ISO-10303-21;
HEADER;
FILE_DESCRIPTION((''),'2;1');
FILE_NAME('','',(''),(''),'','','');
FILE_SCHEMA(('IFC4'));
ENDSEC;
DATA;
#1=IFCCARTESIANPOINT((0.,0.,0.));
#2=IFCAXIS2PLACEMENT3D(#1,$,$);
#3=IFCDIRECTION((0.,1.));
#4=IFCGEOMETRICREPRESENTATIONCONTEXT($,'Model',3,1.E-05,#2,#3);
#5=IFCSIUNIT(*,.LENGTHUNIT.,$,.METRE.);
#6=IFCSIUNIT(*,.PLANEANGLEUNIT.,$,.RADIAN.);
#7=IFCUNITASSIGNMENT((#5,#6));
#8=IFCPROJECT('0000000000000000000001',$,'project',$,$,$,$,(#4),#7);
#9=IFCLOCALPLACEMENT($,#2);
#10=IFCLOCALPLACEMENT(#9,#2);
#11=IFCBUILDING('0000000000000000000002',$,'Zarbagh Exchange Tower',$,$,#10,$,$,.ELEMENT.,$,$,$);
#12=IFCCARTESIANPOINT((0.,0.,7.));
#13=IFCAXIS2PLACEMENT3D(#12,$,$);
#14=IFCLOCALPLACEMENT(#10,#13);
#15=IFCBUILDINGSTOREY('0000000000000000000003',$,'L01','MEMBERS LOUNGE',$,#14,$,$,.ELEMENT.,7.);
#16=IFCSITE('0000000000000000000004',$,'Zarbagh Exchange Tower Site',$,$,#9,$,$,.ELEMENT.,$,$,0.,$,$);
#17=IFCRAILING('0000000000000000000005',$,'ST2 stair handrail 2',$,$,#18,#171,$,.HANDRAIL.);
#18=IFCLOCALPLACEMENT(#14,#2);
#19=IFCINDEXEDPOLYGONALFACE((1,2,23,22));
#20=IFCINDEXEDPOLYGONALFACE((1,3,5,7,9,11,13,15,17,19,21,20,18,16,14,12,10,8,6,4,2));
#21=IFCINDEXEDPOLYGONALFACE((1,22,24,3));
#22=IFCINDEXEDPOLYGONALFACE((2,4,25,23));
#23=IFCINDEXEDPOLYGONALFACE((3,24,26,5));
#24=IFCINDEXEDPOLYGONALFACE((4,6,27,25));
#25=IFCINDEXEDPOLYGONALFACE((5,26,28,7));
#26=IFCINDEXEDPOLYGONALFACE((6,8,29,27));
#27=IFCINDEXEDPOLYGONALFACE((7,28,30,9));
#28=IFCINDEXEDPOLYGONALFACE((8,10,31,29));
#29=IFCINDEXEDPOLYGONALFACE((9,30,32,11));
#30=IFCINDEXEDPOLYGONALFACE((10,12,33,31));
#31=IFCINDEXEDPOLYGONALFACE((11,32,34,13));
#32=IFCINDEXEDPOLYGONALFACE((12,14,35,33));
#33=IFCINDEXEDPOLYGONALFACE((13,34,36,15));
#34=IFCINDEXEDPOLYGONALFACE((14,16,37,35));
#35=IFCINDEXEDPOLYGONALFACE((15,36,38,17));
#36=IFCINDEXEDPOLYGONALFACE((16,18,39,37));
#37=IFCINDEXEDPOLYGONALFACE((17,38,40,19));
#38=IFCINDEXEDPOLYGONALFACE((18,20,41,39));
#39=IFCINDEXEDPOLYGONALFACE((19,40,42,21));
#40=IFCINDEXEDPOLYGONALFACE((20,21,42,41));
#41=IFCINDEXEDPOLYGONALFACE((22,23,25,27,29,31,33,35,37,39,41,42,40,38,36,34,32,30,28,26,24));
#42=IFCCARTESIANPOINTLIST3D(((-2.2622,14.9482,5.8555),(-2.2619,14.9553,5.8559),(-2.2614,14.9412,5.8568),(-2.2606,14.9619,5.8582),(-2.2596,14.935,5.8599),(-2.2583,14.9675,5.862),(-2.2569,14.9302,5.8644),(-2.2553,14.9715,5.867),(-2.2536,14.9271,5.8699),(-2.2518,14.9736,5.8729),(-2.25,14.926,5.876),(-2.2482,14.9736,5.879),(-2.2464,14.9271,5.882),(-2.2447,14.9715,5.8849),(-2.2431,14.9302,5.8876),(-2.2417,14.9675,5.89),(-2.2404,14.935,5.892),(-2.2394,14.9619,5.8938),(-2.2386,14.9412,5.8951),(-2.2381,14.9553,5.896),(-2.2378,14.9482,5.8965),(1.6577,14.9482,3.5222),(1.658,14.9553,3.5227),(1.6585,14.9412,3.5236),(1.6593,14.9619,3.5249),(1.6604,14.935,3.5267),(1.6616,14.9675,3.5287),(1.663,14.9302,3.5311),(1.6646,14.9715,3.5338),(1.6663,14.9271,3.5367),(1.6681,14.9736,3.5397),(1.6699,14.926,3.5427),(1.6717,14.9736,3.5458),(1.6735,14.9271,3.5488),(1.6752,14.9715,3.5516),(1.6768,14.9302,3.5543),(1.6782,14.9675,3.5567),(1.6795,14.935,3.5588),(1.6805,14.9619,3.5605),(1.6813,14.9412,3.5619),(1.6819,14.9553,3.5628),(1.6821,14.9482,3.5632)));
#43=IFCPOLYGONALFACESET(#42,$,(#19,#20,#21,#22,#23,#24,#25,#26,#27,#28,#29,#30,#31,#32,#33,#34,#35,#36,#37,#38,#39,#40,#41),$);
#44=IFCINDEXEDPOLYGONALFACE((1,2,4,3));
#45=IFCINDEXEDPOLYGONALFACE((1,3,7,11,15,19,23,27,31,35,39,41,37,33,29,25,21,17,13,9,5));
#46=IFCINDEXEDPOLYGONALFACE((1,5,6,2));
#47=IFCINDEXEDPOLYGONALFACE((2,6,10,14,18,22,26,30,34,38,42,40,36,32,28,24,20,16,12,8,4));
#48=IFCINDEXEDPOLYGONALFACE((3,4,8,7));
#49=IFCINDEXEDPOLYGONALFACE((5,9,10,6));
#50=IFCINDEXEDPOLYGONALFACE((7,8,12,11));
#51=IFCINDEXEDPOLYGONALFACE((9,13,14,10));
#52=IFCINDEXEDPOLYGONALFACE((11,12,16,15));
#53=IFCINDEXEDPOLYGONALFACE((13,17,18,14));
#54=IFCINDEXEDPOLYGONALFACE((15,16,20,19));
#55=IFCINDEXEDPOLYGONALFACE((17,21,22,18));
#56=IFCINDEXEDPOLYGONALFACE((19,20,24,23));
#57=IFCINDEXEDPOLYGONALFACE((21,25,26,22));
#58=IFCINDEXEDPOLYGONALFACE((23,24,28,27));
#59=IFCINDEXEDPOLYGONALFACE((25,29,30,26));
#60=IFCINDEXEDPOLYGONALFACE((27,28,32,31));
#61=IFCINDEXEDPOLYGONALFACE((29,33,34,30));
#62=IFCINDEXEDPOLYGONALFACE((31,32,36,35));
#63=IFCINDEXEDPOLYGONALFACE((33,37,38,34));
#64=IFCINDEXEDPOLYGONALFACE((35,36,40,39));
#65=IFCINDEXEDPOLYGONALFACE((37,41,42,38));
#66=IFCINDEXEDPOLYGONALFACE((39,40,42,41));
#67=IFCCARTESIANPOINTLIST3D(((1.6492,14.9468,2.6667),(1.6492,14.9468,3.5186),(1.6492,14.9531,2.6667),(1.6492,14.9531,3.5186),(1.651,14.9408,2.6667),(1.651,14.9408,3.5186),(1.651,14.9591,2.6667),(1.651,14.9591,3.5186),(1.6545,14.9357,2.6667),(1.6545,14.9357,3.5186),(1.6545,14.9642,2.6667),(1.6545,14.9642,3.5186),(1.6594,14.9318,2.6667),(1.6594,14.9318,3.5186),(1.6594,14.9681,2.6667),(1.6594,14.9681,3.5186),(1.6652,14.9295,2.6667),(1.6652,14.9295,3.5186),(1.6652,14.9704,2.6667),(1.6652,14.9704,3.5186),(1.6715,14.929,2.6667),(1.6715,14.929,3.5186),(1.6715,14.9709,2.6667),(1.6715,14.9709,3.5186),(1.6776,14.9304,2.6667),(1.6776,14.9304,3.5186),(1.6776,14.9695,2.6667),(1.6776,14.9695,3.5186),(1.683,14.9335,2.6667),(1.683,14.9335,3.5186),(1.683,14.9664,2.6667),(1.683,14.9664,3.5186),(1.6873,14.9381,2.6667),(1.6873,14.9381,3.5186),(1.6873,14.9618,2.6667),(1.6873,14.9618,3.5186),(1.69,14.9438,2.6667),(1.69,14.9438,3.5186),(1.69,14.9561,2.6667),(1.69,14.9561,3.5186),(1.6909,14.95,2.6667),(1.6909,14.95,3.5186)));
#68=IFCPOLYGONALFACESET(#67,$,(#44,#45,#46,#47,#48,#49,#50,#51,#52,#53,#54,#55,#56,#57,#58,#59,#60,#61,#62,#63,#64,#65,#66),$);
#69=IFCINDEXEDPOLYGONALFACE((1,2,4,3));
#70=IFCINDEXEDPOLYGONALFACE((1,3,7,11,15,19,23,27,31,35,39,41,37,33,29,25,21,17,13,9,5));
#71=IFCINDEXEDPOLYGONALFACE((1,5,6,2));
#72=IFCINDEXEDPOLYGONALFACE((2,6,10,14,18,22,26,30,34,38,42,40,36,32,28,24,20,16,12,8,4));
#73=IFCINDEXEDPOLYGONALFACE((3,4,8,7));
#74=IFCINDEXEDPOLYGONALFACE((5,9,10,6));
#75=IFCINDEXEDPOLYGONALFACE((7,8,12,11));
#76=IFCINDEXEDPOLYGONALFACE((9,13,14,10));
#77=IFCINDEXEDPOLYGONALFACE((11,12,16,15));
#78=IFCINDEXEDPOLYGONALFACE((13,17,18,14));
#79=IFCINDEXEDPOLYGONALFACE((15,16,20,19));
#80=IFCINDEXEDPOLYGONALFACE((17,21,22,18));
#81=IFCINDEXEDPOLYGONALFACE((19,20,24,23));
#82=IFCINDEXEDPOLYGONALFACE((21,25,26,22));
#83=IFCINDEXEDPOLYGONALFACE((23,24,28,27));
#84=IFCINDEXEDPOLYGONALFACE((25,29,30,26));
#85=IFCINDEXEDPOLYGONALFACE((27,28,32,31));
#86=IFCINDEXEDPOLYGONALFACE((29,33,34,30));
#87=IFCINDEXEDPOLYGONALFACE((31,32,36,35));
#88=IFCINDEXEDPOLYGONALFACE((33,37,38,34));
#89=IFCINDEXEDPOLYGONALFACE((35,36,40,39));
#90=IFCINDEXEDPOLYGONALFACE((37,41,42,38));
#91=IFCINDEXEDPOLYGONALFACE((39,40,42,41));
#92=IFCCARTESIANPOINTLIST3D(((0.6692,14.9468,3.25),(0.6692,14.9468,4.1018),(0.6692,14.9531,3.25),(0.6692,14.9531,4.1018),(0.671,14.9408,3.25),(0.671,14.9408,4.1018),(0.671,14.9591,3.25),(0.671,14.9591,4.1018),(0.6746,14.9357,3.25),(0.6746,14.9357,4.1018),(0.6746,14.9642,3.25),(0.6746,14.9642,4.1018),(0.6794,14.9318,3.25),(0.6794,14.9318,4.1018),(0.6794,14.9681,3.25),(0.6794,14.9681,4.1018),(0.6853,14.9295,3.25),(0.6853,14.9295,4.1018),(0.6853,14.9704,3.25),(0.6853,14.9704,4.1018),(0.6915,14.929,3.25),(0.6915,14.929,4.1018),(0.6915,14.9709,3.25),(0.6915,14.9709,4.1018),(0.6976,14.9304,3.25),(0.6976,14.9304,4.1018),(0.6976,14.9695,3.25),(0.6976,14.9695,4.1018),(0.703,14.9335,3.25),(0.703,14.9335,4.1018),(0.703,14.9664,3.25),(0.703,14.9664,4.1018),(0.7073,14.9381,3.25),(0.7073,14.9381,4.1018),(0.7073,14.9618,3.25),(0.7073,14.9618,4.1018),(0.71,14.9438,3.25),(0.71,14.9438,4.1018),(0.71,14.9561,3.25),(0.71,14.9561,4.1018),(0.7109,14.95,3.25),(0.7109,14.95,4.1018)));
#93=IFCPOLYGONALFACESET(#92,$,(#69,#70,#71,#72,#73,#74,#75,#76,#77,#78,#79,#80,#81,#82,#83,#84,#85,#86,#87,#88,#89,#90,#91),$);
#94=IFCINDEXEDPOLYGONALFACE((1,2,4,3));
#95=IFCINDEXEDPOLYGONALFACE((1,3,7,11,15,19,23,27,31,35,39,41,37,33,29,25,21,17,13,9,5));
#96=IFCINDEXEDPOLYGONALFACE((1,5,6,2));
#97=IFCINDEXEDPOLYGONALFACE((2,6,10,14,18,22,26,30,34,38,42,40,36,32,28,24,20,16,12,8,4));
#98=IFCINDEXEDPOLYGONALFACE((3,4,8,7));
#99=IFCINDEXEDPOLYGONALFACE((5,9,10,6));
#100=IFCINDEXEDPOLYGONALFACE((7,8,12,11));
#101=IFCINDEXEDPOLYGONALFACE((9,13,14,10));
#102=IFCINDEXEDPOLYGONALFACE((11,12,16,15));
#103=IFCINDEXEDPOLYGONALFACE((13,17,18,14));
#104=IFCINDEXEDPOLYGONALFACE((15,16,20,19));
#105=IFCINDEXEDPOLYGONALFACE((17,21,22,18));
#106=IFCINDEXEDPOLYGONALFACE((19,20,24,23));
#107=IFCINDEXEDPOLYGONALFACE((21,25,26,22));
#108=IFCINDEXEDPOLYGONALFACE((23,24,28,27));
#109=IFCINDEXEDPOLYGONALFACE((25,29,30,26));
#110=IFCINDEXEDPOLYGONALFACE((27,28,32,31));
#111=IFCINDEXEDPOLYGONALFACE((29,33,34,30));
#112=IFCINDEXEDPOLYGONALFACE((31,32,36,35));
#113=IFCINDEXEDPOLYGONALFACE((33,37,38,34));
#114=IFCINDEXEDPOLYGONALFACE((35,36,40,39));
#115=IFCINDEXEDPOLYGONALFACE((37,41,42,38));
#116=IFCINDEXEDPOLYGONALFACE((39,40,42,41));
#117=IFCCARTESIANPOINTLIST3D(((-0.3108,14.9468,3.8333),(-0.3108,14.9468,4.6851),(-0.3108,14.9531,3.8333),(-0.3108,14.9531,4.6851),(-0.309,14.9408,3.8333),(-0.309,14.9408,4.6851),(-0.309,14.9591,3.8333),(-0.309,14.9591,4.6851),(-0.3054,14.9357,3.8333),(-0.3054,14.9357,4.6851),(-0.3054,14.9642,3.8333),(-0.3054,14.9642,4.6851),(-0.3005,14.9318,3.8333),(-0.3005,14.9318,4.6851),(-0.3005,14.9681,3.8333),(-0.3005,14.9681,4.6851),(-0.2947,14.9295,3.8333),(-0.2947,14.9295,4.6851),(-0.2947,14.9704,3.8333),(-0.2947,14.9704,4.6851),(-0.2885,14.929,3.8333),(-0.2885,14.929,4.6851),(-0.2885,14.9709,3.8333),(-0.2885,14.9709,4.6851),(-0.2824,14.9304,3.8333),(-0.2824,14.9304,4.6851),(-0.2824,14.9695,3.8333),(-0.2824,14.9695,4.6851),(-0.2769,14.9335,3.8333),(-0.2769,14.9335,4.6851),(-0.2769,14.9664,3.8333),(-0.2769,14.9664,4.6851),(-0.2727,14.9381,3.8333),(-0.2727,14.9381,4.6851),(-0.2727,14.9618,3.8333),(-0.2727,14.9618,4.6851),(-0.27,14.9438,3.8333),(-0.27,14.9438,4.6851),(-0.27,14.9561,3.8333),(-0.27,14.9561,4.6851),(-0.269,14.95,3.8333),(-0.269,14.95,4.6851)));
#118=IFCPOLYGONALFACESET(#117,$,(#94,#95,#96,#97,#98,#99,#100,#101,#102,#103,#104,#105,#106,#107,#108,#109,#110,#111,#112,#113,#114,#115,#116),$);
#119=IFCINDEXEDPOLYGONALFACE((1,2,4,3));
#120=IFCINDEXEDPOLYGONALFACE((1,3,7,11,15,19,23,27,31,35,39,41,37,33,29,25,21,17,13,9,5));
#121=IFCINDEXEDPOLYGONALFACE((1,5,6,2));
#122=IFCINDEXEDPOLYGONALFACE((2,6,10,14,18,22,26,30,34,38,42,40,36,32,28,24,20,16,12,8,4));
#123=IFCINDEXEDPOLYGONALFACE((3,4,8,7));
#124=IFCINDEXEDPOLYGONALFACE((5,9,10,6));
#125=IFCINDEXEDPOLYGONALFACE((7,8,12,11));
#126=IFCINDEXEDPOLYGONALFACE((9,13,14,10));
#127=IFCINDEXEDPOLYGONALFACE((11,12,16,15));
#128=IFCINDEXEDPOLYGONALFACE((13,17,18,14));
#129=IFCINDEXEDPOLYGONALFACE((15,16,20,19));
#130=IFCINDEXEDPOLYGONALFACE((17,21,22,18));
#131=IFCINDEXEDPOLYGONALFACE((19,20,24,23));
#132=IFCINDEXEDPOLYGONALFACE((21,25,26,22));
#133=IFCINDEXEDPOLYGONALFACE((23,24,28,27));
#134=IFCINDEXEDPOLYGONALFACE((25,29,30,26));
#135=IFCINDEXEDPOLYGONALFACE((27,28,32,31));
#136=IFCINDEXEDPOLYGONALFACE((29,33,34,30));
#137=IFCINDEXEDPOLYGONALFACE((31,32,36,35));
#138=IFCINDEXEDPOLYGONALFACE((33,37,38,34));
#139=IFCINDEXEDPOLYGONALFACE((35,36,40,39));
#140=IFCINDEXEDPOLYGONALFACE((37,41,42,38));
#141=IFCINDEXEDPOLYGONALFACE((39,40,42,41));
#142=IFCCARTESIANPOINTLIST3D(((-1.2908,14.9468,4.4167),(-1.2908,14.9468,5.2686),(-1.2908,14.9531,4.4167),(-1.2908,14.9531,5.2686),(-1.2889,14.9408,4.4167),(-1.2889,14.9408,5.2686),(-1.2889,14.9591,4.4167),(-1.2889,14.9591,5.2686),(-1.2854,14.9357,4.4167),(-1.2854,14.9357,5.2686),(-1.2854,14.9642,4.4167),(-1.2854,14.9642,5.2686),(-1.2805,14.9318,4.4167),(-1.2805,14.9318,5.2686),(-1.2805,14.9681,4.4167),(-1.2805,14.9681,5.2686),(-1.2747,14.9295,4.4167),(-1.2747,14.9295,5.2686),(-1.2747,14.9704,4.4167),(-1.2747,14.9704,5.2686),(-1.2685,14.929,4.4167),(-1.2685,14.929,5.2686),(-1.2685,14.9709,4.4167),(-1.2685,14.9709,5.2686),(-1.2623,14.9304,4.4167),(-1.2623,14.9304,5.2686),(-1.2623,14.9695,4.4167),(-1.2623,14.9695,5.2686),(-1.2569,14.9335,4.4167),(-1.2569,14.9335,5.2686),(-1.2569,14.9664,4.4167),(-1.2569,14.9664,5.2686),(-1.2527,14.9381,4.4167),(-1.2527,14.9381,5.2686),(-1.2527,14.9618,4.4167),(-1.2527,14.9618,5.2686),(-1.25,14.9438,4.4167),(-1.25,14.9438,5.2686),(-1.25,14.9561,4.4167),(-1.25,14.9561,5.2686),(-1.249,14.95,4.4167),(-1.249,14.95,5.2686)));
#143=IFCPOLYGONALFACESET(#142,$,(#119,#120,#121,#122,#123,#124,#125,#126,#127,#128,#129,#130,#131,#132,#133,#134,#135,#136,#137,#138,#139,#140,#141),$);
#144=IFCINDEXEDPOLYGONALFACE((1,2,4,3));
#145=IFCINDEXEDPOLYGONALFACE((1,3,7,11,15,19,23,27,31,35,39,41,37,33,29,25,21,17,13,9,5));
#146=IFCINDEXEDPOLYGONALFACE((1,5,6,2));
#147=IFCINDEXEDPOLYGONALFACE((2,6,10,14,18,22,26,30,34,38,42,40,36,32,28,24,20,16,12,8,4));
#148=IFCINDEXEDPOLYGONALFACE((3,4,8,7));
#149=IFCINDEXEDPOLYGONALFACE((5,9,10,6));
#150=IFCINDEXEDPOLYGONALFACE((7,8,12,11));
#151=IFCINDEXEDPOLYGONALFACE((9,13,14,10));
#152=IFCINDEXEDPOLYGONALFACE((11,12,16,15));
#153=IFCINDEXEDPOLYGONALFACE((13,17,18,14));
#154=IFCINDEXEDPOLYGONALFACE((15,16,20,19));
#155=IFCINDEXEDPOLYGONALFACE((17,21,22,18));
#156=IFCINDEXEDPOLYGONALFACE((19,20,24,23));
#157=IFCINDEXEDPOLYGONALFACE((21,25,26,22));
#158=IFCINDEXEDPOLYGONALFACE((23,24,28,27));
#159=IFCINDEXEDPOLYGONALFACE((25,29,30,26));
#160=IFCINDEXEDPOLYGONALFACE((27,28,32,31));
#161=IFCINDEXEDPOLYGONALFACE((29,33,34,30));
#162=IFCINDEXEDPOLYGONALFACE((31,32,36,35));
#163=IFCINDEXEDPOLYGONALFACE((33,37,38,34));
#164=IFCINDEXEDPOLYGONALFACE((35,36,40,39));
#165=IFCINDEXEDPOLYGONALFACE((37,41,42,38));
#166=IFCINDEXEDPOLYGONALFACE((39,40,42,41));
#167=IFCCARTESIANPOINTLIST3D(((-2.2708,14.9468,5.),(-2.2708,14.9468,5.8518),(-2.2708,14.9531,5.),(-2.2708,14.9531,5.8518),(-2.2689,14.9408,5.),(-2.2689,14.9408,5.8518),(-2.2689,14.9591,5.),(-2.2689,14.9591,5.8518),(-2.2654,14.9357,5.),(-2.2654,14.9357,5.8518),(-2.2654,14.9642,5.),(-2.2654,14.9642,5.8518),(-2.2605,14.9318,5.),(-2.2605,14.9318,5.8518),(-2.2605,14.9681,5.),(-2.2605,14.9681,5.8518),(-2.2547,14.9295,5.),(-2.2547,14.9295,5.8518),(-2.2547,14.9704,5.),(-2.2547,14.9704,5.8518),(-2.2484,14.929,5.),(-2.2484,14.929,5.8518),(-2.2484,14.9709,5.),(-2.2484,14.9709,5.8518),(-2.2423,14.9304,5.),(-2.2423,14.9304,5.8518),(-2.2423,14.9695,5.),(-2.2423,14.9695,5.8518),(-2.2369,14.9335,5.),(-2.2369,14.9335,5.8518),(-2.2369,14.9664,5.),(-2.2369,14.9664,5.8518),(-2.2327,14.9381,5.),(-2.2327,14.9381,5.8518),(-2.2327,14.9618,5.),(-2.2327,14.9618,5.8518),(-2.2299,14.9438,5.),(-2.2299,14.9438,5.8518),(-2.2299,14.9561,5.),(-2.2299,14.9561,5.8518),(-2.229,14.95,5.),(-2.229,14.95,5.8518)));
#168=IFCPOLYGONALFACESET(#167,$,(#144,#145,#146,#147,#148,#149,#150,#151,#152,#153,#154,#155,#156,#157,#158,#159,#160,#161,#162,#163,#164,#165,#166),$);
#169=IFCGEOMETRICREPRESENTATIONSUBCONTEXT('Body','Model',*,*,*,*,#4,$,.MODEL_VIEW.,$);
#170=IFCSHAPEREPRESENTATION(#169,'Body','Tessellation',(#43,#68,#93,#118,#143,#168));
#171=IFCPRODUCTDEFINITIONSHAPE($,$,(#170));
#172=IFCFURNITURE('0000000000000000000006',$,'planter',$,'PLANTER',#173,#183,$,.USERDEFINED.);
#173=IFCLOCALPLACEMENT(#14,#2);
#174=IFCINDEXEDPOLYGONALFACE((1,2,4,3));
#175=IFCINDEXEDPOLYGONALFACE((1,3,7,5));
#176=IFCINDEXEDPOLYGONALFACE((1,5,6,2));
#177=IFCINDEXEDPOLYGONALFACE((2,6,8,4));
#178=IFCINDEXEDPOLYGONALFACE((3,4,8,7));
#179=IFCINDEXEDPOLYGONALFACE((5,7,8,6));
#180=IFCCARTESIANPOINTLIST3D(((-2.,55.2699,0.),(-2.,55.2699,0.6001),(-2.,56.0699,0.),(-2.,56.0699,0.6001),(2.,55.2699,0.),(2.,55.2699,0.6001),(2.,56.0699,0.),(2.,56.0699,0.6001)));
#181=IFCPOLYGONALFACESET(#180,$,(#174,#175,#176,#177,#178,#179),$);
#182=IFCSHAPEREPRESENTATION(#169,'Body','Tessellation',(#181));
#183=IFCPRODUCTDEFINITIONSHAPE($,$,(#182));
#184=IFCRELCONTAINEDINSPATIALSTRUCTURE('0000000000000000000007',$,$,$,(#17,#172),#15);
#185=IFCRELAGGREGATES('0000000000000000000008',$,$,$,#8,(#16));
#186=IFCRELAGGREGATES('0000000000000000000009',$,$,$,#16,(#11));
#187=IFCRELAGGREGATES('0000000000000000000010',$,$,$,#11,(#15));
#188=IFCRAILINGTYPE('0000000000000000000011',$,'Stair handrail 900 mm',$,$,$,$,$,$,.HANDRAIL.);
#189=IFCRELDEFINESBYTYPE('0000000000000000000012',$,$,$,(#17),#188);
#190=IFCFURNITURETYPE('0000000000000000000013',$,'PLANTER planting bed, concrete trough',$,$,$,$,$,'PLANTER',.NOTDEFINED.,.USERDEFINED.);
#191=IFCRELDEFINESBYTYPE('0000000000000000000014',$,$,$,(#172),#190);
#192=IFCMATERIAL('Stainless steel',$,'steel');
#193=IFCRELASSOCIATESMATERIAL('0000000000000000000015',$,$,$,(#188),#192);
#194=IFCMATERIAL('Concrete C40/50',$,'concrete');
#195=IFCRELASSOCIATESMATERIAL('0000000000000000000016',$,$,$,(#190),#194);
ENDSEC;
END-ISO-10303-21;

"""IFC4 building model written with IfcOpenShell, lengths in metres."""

from ifc_helpers import new_model, si_unit, direction, frame, origin, origin_2d, place, context, subcontext, project, spatial, rectangle, circle, extrude, material, type_object, element, save


model = new_model("IFC4")

# Units and contexts
model_context = context("Model", 3, precision=1e-05, world=origin(), true_north=direction((0.0, 1.0)))
body_context = subcontext(model_context, "Body", "Model", "MODEL_VIEW")
ifc_project = project(units=[si_unit("LENGTHUNIT", "METRE"), si_unit("PLANEANGLEUNIT", "RADIAN")], contexts=[model_context])

# Site, building, storey
site_placement = place(None, origin())
site = spatial("IfcSite", under=ifc_project, at=site_placement, Name="Zarbagh Exchange Tower Site", CompositionType="ELEMENT", RefElevation=0.0)
building_placement = place(site_placement, origin())
building = spatial("IfcBuilding", under=site, at=building_placement, Name="Zarbagh Exchange Tower", CompositionType="ELEMENT")
storey_placement = place(building_placement, frame((0.0, 0.0, 7.0)))
storey = spatial("IfcBuildingStorey", under=building, at=storey_placement, Name="L01", Description="MEMBERS LOUNGE", CompositionType="ELEMENT", Elevation=7.0)

# Shared definitions
ifc_material_1 = material(Name="Concrete C40/50", Category="concrete")

# Shared definitions
ifc_material_2 = material(Name="Stainless steel", Category="steel")

# Railing
railing_type_1 = type_object("IfcRailingType", Name="Stair handrail 900 mm", PredefinedType="HANDRAIL", material=ifc_material_2)
for number, where, name in (
    (1, (1.6699, 14.95, 2.6667), "ST2 stair handrail 2"),
):
    element("IfcRailing", number, at=place(storey_placement, frame(where)), inside=storey, type_object=railing_type_1, Name=name, PredefinedType="HANDRAIL", context=body_context, shape_type="SweptSolid", body=[
        extrude(circle(Radius=0.0239, at=origin_2d()), frame((0.0, 0.0, 0.876), z_axis=(-0.859296, 0.0, 0.511478), x_axis=(0.0, -1.0, 0.0)), (0.0, 0.0, 1.0), 4.5618),
        extrude(circle(Radius=0.021, at=origin_2d()), origin(), (0.0, 0.0, 1.0), 0.8518),
        extrude(circle(Radius=0.021, at=origin_2d()), frame((-0.98, 0.0, 0.5833)), (0.0, 0.0, 1.0), 0.8518),
        extrude(circle(Radius=0.021, at=origin_2d()), frame((-1.96, 0.0, 1.1665)), (0.0, 0.0, 1.0), 0.8518),
        extrude(circle(Radius=0.021, at=origin_2d()), frame((-2.9399, 0.0, 1.75)), (0.0, 0.0, 1.0), 0.8518),
        extrude(circle(Radius=0.021, at=origin_2d()), frame((-3.9199, 0.0, 2.3333)), (0.0, 0.0, 1.0), 0.8518),
    ])

# Furniture
furniture_type = type_object("IfcFurnitureType", Name="PLANTER planting bed, concrete trough", ElementType="PLANTER", AssemblyPlace="NOTDEFINED", PredefinedType="USERDEFINED", material=ifc_material_1)
furniture_placement = place(storey_placement, frame((0.0, 55.6699, 0.0), z_axis=(0.0, 0.0, 1.0), x_axis=(1.0, 0.0, 0.0)))
element("IfcFurniture", 2, at=furniture_placement, inside=storey, type_object=furniture_type, Name="planter", ObjectType="PLANTER", PredefinedType="USERDEFINED", context=body_context, shape_type="SweptSolid", body=[
    extrude(rectangle(XDim=4.0, YDim=0.8, at=origin_2d()), origin(), (0.0, 0.0, 1.0), 0.6001),
])

save(model, "model.ifc")
